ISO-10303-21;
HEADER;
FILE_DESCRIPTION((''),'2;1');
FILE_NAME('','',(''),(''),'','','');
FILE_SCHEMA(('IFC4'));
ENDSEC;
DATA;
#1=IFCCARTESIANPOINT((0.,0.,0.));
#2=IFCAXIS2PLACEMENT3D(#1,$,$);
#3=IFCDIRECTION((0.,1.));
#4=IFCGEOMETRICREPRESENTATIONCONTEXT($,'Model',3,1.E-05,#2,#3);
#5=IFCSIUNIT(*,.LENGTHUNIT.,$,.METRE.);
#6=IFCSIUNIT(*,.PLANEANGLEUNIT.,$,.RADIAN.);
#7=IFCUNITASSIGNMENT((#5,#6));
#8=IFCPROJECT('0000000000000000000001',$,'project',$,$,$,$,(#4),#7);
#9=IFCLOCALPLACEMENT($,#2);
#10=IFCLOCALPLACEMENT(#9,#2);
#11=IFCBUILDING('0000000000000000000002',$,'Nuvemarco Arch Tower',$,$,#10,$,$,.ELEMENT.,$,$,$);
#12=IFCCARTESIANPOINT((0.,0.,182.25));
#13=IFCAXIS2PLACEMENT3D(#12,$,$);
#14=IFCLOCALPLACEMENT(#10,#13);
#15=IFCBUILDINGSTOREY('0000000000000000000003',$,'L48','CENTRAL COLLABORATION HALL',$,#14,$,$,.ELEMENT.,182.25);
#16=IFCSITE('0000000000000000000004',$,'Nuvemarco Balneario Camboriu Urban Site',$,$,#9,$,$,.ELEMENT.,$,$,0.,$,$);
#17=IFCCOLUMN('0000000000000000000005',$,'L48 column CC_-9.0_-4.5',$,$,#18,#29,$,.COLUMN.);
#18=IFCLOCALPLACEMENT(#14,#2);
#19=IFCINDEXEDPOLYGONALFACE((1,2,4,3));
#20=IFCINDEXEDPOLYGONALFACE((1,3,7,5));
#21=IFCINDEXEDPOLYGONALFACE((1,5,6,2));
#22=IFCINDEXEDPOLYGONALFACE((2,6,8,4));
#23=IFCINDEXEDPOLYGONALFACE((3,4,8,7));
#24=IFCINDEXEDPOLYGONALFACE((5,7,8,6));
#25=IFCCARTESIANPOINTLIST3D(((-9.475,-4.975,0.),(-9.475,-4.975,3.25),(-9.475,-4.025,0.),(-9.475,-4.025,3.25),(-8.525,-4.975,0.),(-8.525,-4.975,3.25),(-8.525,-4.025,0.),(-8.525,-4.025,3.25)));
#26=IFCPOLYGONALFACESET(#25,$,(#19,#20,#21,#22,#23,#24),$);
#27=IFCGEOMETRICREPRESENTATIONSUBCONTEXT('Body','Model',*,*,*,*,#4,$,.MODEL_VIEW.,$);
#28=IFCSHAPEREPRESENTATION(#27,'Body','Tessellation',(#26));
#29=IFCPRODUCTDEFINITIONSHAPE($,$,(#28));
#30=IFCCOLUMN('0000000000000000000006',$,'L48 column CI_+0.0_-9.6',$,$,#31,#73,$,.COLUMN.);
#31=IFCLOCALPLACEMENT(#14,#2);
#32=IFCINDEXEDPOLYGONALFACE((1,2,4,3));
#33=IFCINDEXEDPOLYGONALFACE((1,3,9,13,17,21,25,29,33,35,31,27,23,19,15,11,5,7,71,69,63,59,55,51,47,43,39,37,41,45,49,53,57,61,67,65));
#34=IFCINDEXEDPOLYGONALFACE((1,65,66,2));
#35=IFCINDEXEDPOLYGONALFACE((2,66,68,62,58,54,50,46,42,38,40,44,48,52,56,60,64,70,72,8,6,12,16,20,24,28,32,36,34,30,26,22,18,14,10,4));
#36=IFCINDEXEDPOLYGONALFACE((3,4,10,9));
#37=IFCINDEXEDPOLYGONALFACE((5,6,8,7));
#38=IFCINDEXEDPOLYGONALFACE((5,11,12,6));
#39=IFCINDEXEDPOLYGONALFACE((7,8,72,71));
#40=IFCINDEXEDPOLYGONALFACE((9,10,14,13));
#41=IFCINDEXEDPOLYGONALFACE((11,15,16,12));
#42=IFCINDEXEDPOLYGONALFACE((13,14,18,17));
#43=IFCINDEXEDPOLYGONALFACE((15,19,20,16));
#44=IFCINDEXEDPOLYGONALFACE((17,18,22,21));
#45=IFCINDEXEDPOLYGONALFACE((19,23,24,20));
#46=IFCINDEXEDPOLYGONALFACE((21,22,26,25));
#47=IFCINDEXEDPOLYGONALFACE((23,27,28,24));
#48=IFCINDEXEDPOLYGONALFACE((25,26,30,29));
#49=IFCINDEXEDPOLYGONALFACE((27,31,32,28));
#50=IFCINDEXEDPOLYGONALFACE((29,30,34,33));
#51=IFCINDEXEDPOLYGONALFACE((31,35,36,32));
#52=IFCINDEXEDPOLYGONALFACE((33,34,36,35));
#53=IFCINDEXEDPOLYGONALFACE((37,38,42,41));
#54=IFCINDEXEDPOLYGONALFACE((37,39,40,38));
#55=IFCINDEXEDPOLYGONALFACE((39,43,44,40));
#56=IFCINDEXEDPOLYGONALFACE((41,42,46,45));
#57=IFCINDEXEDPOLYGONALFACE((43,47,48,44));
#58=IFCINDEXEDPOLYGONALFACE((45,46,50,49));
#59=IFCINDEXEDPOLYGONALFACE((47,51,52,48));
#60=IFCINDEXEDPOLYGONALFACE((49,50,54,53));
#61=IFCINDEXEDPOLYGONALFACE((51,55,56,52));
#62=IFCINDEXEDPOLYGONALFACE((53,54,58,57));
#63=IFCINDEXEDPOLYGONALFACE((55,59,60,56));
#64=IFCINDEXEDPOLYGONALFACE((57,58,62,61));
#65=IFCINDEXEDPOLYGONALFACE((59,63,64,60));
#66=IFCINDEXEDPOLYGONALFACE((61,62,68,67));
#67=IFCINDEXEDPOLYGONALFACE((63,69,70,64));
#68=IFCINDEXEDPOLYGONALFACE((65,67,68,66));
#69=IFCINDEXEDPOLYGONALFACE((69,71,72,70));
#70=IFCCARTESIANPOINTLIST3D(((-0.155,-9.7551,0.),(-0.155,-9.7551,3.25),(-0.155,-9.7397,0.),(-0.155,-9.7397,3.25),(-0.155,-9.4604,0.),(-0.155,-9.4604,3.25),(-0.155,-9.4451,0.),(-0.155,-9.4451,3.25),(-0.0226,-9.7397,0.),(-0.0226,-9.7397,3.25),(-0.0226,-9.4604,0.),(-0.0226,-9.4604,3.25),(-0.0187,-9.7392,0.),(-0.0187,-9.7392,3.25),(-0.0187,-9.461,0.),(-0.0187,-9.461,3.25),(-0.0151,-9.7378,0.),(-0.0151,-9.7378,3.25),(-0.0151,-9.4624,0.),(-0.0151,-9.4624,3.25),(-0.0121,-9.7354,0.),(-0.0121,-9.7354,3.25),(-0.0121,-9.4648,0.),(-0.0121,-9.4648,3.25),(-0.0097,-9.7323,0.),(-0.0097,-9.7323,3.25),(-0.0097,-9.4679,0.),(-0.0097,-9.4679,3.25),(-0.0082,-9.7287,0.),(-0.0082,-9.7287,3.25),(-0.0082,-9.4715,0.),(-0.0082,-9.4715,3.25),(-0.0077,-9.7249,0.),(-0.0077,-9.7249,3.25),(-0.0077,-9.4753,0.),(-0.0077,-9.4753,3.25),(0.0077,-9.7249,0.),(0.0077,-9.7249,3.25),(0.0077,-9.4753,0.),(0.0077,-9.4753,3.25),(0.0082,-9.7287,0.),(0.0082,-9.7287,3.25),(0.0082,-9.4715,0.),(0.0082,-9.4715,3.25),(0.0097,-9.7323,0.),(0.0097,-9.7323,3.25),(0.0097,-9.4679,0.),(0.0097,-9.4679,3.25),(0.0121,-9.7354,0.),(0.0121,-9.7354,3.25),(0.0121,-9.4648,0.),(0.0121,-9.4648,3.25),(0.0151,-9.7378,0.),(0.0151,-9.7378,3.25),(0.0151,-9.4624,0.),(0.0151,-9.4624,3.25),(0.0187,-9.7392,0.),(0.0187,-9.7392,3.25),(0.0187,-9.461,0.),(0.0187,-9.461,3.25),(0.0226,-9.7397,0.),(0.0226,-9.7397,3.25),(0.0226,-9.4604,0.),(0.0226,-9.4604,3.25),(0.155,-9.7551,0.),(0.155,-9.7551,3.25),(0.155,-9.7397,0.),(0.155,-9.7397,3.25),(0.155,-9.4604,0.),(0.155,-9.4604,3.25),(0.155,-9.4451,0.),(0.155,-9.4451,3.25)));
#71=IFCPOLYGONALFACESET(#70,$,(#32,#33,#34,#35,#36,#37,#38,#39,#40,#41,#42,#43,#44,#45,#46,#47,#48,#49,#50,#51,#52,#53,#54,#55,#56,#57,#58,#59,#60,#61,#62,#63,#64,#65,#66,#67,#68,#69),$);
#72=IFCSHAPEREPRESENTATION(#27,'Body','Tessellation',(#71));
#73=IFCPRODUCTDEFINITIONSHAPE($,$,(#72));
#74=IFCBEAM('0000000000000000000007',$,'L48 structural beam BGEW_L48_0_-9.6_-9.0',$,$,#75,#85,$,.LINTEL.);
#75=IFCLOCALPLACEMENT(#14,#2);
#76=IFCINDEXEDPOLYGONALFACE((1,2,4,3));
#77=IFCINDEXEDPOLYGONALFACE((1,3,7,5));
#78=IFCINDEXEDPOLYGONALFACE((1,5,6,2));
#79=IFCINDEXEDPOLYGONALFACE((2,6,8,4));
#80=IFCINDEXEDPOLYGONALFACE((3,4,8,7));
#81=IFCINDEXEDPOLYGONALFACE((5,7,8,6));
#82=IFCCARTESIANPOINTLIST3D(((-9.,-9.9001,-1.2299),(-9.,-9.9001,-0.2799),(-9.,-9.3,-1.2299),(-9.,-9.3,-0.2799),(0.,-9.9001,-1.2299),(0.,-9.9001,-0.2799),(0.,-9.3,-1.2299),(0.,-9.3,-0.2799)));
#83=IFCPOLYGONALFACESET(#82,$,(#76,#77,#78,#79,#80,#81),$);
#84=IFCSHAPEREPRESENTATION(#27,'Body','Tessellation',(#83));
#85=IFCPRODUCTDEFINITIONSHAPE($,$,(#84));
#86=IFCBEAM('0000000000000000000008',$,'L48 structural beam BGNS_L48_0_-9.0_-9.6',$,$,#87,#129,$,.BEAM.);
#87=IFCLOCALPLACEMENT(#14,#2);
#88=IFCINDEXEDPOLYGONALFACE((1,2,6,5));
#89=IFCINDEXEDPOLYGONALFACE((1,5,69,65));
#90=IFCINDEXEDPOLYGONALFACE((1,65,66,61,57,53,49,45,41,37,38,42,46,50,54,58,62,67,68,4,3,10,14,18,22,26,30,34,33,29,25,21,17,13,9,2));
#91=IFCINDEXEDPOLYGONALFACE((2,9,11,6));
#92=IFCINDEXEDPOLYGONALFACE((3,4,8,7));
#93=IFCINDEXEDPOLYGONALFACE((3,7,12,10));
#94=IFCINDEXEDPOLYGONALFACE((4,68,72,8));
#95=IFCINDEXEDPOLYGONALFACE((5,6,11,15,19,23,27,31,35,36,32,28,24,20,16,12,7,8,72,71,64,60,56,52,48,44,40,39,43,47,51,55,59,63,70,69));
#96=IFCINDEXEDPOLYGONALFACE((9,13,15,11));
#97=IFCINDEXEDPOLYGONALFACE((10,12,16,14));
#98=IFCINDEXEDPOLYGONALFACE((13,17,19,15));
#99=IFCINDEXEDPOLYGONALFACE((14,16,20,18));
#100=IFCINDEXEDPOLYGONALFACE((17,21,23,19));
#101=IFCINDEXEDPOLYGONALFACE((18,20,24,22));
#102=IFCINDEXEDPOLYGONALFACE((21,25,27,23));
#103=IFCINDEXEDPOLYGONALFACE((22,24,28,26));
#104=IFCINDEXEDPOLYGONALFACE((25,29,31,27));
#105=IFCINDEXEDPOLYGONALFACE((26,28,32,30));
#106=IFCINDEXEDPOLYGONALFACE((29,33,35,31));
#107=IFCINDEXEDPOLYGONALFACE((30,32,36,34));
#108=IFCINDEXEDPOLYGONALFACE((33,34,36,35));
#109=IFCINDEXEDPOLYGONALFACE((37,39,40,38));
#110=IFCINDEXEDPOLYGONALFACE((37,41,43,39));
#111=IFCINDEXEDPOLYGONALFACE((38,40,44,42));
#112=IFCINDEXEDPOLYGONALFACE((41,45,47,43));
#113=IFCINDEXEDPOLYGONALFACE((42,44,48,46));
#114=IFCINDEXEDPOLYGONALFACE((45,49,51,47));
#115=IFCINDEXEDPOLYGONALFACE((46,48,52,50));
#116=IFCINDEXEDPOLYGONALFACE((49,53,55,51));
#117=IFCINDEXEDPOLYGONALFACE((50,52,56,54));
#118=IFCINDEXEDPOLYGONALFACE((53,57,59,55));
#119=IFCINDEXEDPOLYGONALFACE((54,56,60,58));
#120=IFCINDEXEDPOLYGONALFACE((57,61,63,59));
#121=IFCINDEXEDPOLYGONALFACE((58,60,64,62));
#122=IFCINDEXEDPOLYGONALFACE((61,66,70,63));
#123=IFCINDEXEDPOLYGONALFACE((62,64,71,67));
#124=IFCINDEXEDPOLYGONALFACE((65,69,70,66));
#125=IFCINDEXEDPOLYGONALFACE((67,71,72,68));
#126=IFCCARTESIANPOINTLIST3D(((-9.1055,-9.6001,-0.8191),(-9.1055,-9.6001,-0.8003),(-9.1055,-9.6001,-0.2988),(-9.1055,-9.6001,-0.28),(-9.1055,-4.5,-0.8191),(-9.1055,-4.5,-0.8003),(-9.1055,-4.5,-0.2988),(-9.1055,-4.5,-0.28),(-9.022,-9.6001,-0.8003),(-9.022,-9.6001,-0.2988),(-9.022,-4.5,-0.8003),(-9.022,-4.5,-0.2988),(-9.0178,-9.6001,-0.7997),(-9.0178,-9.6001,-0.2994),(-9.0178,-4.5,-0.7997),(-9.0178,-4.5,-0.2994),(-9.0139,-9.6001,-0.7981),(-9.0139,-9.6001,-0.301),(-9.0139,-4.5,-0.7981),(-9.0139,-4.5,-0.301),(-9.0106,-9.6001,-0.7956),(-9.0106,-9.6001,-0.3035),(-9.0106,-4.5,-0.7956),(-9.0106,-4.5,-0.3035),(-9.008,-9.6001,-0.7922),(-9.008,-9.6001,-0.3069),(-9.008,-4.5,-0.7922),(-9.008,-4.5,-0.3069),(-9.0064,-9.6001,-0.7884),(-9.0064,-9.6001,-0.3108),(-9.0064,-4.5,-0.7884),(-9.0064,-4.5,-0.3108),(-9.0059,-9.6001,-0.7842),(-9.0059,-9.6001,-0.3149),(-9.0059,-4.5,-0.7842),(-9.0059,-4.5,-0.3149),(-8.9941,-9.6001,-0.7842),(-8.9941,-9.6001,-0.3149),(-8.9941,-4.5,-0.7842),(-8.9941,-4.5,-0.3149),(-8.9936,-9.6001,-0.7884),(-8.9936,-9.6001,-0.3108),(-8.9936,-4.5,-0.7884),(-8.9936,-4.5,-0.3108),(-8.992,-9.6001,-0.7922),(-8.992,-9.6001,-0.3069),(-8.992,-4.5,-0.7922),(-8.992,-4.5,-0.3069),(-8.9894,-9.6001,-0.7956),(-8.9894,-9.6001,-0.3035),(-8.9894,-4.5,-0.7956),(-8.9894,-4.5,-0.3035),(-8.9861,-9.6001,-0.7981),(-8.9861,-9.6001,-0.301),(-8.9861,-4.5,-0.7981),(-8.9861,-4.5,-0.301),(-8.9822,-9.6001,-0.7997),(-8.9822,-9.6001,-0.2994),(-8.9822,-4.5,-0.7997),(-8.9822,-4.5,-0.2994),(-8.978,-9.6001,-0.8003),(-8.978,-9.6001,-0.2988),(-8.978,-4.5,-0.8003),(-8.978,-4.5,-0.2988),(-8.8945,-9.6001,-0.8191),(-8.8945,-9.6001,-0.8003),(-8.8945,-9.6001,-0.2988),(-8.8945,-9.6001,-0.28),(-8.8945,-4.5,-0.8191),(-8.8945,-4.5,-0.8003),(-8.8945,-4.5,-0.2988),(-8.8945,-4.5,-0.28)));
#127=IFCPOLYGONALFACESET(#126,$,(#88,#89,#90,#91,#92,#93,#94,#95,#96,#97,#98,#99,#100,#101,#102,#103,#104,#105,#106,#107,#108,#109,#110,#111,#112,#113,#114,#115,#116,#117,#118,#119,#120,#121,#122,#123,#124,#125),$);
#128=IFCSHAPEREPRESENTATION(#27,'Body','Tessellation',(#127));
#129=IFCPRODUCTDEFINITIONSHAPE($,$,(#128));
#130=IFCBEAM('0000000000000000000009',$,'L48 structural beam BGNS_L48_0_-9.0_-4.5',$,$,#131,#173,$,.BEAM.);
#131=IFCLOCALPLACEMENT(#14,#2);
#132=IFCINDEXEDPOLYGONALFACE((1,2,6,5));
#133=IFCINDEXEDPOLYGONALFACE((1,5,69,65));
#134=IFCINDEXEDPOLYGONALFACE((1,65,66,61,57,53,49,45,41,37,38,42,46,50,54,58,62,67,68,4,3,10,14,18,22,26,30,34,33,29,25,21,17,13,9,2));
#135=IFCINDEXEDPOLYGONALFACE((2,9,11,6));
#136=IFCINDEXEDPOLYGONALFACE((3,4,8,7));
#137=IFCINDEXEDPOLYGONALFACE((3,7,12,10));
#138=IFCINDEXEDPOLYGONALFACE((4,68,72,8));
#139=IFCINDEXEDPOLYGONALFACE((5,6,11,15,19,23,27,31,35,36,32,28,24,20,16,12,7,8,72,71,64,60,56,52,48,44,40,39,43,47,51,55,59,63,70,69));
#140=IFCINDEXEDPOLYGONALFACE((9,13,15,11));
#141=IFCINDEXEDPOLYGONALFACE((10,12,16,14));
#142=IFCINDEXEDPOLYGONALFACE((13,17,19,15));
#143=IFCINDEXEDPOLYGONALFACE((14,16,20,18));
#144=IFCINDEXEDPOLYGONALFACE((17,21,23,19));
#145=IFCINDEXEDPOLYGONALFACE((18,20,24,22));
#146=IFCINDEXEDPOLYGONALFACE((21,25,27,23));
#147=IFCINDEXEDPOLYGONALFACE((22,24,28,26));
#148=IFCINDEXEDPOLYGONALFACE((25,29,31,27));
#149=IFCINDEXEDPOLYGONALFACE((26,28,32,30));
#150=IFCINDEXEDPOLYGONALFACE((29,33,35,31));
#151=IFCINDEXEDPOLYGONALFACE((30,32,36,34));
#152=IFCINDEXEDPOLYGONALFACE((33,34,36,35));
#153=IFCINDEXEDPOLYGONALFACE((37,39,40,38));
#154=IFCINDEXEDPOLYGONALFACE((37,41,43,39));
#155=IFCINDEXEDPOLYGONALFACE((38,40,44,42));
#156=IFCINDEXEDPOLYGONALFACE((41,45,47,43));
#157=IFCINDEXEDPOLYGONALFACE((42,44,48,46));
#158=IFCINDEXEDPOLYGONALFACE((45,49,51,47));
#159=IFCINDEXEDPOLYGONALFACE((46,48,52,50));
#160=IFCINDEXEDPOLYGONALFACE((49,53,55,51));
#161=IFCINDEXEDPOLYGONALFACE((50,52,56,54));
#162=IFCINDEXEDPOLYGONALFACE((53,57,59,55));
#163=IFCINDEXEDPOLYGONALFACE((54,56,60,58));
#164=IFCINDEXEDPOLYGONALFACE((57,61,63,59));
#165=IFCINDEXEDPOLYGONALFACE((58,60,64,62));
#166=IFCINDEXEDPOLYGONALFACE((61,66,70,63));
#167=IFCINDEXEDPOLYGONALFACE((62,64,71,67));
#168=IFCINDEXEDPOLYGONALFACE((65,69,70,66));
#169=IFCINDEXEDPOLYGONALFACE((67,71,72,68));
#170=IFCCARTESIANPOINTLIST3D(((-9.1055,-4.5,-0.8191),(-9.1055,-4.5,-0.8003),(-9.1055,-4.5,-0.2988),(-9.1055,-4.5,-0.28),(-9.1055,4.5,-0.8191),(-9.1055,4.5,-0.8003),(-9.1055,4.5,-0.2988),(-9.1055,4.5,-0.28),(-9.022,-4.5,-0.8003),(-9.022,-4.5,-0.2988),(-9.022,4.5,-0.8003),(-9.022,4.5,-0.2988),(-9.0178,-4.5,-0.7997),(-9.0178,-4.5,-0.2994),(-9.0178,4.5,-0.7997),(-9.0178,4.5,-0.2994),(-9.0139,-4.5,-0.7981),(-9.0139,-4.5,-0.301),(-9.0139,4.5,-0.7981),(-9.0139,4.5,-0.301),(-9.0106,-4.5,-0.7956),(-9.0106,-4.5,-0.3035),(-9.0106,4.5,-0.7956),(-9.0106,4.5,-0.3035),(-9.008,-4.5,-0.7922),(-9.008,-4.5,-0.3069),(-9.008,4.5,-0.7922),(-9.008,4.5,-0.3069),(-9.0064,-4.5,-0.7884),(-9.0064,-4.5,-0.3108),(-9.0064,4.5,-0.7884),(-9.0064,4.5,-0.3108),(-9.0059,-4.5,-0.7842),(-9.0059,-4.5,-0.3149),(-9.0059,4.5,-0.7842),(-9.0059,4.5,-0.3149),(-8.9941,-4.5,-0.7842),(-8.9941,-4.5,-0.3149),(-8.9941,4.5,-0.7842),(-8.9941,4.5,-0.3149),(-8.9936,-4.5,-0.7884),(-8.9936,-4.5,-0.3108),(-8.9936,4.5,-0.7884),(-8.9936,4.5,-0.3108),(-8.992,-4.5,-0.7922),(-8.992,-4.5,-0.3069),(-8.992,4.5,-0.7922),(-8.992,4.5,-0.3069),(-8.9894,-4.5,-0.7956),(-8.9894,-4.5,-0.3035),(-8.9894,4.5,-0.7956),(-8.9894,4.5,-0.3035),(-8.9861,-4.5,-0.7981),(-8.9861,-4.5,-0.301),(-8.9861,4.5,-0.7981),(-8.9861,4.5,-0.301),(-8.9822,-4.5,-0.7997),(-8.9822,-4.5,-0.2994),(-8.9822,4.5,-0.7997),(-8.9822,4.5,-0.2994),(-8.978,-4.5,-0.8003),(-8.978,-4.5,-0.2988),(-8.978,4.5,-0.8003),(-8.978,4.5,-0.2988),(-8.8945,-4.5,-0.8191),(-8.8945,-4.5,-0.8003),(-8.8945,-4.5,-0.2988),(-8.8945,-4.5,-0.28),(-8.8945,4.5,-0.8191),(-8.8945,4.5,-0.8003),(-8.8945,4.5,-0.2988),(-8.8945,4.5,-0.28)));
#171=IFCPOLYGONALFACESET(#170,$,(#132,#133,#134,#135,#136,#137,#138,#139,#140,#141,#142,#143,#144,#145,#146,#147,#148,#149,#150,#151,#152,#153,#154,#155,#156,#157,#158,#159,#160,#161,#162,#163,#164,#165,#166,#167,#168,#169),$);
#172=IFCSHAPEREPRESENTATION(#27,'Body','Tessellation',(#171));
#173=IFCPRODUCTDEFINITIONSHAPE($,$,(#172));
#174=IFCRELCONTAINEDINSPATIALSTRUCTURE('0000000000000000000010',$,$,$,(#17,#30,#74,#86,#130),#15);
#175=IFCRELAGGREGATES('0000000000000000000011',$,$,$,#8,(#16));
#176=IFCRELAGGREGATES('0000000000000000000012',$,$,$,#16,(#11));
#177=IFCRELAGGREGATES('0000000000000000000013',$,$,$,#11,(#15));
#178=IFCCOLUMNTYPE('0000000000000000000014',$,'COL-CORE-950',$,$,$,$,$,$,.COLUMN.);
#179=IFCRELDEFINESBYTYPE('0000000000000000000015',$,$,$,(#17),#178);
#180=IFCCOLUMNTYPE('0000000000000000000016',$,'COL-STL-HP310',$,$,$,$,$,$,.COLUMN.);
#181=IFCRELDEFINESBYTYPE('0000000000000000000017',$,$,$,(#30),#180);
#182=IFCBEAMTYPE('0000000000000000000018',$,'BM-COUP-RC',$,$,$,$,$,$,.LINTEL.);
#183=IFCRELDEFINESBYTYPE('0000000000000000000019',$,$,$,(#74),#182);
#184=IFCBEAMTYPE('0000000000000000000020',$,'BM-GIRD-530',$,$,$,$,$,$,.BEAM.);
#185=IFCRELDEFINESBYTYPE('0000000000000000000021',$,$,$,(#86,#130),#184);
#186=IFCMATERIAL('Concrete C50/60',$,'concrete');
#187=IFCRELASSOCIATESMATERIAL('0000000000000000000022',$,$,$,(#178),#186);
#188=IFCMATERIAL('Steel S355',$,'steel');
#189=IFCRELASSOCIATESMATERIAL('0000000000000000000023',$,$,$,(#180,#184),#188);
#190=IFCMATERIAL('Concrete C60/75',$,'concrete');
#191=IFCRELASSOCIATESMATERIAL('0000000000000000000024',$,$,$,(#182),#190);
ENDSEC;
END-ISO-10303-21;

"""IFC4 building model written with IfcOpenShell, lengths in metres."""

from ifc_helpers import new_model, si_unit, direction, frame, origin, origin_2d, place, context, subcontext, project, spatial, rectangle, i_section, extrude, material, material_profile, profile_set, type_object, element, save


model = new_model("IFC4")

# Units and contexts
model_context = context("Model", 3, precision=1e-05, world=origin(), true_north=direction((0.0, 1.0)))
body_context = subcontext(model_context, "Body", "Model", "MODEL_VIEW")
ifc_project = project(units=[si_unit("LENGTHUNIT", "METRE"), si_unit("PLANEANGLEUNIT", "RADIAN")], contexts=[model_context])

# Site, building, storey
site_placement = place(None, origin())
site = spatial("IfcSite", under=ifc_project, at=site_placement, Name="Nuvemarco Balneario Camboriu Urban Site", CompositionType="ELEMENT", RefElevation=0.0)
building_placement = place(site_placement, origin())
building = spatial("IfcBuilding", under=site, at=building_placement, Name="Nuvemarco Arch Tower", CompositionType="ELEMENT")
storey_placement = place(building_placement, frame((0.0, 0.0, 182.25)))
storey = spatial("IfcBuildingStorey", under=building, at=storey_placement, Name="L48", Description="CENTRAL COLLABORATION HALL", CompositionType="ELEMENT", Elevation=182.25)

# Columns
ifc_material_1 = material(Name="Concrete C50/60", Category="concrete")
ifc_material_profile_1 = material_profile(ifc_material_1, rectangle(XDim=0.95, YDim=0.95, at=origin_2d()), Name="RC-COL-950x950")
ifc_profile_set_1 = profile_set([ifc_material_profile_1], Name="Concrete C50/60")
column_type_1 = type_object("IfcColumnType", Name="COL-CORE-950", PredefinedType="COLUMN", material=ifc_profile_set_1)
column_1_placement = place(storey_placement, frame((-9.0, -4.5, 0.0), z_axis=(0.0, 0.0, 1.0), x_axis=(1.0, 0.0, 0.0)))
element("IfcColumn", 1, at=column_1_placement, inside=storey, type_object=column_type_1, Name="L48 column CC_-9.0_-4.5", PredefinedType="COLUMN", context=body_context, shape_type="SweptSolid", body=[
    extrude(rectangle(XDim=0.95, YDim=0.95, at=origin_2d()), origin(), (0.0, 0.0, 1.0), 3.25),
])
ifc_material_2 = material(Name="Steel S355", Category="steel")
ifc_material_profile_2 = material_profile(ifc_material_2, i_section(OverallWidth=0.3101, OverallDepth=0.3101, WebThickness=0.0154, FlangeThickness=0.0154, FilletRadius=0.0149, at=origin_2d()), Name="HP310x110")
ifc_profile_set_2 = profile_set([ifc_material_profile_2], Name="Steel S355")
column_type_2 = type_object("IfcColumnType", Name="COL-STL-HP310", PredefinedType="COLUMN", material=ifc_profile_set_2)
column_2_placement = place(storey_placement, frame((0.0, -9.6001, 0.0), z_axis=(0.0, 0.0, 1.0), x_axis=(1.0, 0.0, 0.0)))
element("IfcColumn", 2, at=column_2_placement, inside=storey, type_object=column_type_2, Name="L48 column CI_+0.0_-9.6", PredefinedType="COLUMN", context=body_context, shape_type="SweptSolid", body=[
    extrude(i_section(OverallWidth=0.3101, OverallDepth=0.3101, WebThickness=0.0154, FlangeThickness=0.0154, FilletRadius=0.0149, at=origin_2d()), origin(), (0.0, 0.0, 1.0), 3.25),
])

# Beams
ifc_material_3 = material(Name="Concrete C60/75", Category="concrete")
ifc_material_profile_3 = material_profile(ifc_material_3, rectangle(XDim=0.6001, YDim=0.95, at=origin_2d()), Name="RC-BM-600x950")
ifc_profile_set_3 = profile_set([ifc_material_profile_3], Name="Concrete C60/75")
beam_type_1 = type_object("IfcBeamType", Name="BM-COUP-RC", PredefinedType="LINTEL", material=ifc_profile_set_3)
beam_1_placement = place(storey_placement, frame((-9.0, -9.6001, -0.7549), z_axis=(1.0, 0.0, 0.0), x_axis=(0.0, 1.0, 0.0)))
element("IfcBeam", 3, at=beam_1_placement, inside=storey, type_object=beam_type_1, Name="L48 structural beam BGEW_L48_0_-9.6_-9.0", PredefinedType="LINTEL", context=body_context, shape_type="SweptSolid", body=[
    extrude(rectangle(XDim=0.6001, YDim=0.95, at=origin_2d()), origin(), (0.0, 0.0, 1.0), 9.0),
])
ifc_material_profile_4 = material_profile(ifc_material_2, i_section(OverallWidth=0.2109, OverallDepth=0.5391, WebThickness=0.0117, FlangeThickness=0.0188, FilletRadius=0.0161, at=origin_2d()), Name="W530x109")
ifc_profile_set_4 = profile_set([ifc_material_profile_4], Name="Steel S355")
beam_type_2 = type_object("IfcBeamType", Name="BM-GIRD-530", PredefinedType="BEAM", material=ifc_profile_set_4)
beam_2_placement = place(storey_placement, frame((-9.0, -9.6001, -0.5496), z_axis=(0.0, 1.0, 0.0), x_axis=(-1.0, 0.0, 0.0)))
element("IfcBeam", 4, at=beam_2_placement, inside=storey, type_object=beam_type_2, Name="L48 structural beam BGNS_L48_0_-9.0_-9.6", PredefinedType="BEAM", context=body_context, shape_type="SweptSolid", body=[
    extrude(i_section(OverallWidth=0.2109, OverallDepth=0.5391, WebThickness=0.0117, FlangeThickness=0.0188, FilletRadius=0.0161, at=origin_2d()), origin(), (0.0, 0.0, 1.0), 5.1001),
])
beam_3_placement = place(storey_placement, frame((-9.0, -4.5, -0.5496), z_axis=(0.0, 1.0, 0.0), x_axis=(-1.0, 0.0, 0.0)))
element("IfcBeam", 5, at=beam_3_placement, inside=storey, type_object=beam_type_2, Name="L48 structural beam BGNS_L48_0_-9.0_-4.5", PredefinedType="BEAM", context=body_context, shape_type="SweptSolid", body=[
    extrude(i_section(OverallWidth=0.2109, OverallDepth=0.5391, WebThickness=0.0117, FlangeThickness=0.0188, FilletRadius=0.0161, at=origin_2d()), origin(), (0.0, 0.0, 1.0), 9.0),
])

save(model, "model.ifc")
